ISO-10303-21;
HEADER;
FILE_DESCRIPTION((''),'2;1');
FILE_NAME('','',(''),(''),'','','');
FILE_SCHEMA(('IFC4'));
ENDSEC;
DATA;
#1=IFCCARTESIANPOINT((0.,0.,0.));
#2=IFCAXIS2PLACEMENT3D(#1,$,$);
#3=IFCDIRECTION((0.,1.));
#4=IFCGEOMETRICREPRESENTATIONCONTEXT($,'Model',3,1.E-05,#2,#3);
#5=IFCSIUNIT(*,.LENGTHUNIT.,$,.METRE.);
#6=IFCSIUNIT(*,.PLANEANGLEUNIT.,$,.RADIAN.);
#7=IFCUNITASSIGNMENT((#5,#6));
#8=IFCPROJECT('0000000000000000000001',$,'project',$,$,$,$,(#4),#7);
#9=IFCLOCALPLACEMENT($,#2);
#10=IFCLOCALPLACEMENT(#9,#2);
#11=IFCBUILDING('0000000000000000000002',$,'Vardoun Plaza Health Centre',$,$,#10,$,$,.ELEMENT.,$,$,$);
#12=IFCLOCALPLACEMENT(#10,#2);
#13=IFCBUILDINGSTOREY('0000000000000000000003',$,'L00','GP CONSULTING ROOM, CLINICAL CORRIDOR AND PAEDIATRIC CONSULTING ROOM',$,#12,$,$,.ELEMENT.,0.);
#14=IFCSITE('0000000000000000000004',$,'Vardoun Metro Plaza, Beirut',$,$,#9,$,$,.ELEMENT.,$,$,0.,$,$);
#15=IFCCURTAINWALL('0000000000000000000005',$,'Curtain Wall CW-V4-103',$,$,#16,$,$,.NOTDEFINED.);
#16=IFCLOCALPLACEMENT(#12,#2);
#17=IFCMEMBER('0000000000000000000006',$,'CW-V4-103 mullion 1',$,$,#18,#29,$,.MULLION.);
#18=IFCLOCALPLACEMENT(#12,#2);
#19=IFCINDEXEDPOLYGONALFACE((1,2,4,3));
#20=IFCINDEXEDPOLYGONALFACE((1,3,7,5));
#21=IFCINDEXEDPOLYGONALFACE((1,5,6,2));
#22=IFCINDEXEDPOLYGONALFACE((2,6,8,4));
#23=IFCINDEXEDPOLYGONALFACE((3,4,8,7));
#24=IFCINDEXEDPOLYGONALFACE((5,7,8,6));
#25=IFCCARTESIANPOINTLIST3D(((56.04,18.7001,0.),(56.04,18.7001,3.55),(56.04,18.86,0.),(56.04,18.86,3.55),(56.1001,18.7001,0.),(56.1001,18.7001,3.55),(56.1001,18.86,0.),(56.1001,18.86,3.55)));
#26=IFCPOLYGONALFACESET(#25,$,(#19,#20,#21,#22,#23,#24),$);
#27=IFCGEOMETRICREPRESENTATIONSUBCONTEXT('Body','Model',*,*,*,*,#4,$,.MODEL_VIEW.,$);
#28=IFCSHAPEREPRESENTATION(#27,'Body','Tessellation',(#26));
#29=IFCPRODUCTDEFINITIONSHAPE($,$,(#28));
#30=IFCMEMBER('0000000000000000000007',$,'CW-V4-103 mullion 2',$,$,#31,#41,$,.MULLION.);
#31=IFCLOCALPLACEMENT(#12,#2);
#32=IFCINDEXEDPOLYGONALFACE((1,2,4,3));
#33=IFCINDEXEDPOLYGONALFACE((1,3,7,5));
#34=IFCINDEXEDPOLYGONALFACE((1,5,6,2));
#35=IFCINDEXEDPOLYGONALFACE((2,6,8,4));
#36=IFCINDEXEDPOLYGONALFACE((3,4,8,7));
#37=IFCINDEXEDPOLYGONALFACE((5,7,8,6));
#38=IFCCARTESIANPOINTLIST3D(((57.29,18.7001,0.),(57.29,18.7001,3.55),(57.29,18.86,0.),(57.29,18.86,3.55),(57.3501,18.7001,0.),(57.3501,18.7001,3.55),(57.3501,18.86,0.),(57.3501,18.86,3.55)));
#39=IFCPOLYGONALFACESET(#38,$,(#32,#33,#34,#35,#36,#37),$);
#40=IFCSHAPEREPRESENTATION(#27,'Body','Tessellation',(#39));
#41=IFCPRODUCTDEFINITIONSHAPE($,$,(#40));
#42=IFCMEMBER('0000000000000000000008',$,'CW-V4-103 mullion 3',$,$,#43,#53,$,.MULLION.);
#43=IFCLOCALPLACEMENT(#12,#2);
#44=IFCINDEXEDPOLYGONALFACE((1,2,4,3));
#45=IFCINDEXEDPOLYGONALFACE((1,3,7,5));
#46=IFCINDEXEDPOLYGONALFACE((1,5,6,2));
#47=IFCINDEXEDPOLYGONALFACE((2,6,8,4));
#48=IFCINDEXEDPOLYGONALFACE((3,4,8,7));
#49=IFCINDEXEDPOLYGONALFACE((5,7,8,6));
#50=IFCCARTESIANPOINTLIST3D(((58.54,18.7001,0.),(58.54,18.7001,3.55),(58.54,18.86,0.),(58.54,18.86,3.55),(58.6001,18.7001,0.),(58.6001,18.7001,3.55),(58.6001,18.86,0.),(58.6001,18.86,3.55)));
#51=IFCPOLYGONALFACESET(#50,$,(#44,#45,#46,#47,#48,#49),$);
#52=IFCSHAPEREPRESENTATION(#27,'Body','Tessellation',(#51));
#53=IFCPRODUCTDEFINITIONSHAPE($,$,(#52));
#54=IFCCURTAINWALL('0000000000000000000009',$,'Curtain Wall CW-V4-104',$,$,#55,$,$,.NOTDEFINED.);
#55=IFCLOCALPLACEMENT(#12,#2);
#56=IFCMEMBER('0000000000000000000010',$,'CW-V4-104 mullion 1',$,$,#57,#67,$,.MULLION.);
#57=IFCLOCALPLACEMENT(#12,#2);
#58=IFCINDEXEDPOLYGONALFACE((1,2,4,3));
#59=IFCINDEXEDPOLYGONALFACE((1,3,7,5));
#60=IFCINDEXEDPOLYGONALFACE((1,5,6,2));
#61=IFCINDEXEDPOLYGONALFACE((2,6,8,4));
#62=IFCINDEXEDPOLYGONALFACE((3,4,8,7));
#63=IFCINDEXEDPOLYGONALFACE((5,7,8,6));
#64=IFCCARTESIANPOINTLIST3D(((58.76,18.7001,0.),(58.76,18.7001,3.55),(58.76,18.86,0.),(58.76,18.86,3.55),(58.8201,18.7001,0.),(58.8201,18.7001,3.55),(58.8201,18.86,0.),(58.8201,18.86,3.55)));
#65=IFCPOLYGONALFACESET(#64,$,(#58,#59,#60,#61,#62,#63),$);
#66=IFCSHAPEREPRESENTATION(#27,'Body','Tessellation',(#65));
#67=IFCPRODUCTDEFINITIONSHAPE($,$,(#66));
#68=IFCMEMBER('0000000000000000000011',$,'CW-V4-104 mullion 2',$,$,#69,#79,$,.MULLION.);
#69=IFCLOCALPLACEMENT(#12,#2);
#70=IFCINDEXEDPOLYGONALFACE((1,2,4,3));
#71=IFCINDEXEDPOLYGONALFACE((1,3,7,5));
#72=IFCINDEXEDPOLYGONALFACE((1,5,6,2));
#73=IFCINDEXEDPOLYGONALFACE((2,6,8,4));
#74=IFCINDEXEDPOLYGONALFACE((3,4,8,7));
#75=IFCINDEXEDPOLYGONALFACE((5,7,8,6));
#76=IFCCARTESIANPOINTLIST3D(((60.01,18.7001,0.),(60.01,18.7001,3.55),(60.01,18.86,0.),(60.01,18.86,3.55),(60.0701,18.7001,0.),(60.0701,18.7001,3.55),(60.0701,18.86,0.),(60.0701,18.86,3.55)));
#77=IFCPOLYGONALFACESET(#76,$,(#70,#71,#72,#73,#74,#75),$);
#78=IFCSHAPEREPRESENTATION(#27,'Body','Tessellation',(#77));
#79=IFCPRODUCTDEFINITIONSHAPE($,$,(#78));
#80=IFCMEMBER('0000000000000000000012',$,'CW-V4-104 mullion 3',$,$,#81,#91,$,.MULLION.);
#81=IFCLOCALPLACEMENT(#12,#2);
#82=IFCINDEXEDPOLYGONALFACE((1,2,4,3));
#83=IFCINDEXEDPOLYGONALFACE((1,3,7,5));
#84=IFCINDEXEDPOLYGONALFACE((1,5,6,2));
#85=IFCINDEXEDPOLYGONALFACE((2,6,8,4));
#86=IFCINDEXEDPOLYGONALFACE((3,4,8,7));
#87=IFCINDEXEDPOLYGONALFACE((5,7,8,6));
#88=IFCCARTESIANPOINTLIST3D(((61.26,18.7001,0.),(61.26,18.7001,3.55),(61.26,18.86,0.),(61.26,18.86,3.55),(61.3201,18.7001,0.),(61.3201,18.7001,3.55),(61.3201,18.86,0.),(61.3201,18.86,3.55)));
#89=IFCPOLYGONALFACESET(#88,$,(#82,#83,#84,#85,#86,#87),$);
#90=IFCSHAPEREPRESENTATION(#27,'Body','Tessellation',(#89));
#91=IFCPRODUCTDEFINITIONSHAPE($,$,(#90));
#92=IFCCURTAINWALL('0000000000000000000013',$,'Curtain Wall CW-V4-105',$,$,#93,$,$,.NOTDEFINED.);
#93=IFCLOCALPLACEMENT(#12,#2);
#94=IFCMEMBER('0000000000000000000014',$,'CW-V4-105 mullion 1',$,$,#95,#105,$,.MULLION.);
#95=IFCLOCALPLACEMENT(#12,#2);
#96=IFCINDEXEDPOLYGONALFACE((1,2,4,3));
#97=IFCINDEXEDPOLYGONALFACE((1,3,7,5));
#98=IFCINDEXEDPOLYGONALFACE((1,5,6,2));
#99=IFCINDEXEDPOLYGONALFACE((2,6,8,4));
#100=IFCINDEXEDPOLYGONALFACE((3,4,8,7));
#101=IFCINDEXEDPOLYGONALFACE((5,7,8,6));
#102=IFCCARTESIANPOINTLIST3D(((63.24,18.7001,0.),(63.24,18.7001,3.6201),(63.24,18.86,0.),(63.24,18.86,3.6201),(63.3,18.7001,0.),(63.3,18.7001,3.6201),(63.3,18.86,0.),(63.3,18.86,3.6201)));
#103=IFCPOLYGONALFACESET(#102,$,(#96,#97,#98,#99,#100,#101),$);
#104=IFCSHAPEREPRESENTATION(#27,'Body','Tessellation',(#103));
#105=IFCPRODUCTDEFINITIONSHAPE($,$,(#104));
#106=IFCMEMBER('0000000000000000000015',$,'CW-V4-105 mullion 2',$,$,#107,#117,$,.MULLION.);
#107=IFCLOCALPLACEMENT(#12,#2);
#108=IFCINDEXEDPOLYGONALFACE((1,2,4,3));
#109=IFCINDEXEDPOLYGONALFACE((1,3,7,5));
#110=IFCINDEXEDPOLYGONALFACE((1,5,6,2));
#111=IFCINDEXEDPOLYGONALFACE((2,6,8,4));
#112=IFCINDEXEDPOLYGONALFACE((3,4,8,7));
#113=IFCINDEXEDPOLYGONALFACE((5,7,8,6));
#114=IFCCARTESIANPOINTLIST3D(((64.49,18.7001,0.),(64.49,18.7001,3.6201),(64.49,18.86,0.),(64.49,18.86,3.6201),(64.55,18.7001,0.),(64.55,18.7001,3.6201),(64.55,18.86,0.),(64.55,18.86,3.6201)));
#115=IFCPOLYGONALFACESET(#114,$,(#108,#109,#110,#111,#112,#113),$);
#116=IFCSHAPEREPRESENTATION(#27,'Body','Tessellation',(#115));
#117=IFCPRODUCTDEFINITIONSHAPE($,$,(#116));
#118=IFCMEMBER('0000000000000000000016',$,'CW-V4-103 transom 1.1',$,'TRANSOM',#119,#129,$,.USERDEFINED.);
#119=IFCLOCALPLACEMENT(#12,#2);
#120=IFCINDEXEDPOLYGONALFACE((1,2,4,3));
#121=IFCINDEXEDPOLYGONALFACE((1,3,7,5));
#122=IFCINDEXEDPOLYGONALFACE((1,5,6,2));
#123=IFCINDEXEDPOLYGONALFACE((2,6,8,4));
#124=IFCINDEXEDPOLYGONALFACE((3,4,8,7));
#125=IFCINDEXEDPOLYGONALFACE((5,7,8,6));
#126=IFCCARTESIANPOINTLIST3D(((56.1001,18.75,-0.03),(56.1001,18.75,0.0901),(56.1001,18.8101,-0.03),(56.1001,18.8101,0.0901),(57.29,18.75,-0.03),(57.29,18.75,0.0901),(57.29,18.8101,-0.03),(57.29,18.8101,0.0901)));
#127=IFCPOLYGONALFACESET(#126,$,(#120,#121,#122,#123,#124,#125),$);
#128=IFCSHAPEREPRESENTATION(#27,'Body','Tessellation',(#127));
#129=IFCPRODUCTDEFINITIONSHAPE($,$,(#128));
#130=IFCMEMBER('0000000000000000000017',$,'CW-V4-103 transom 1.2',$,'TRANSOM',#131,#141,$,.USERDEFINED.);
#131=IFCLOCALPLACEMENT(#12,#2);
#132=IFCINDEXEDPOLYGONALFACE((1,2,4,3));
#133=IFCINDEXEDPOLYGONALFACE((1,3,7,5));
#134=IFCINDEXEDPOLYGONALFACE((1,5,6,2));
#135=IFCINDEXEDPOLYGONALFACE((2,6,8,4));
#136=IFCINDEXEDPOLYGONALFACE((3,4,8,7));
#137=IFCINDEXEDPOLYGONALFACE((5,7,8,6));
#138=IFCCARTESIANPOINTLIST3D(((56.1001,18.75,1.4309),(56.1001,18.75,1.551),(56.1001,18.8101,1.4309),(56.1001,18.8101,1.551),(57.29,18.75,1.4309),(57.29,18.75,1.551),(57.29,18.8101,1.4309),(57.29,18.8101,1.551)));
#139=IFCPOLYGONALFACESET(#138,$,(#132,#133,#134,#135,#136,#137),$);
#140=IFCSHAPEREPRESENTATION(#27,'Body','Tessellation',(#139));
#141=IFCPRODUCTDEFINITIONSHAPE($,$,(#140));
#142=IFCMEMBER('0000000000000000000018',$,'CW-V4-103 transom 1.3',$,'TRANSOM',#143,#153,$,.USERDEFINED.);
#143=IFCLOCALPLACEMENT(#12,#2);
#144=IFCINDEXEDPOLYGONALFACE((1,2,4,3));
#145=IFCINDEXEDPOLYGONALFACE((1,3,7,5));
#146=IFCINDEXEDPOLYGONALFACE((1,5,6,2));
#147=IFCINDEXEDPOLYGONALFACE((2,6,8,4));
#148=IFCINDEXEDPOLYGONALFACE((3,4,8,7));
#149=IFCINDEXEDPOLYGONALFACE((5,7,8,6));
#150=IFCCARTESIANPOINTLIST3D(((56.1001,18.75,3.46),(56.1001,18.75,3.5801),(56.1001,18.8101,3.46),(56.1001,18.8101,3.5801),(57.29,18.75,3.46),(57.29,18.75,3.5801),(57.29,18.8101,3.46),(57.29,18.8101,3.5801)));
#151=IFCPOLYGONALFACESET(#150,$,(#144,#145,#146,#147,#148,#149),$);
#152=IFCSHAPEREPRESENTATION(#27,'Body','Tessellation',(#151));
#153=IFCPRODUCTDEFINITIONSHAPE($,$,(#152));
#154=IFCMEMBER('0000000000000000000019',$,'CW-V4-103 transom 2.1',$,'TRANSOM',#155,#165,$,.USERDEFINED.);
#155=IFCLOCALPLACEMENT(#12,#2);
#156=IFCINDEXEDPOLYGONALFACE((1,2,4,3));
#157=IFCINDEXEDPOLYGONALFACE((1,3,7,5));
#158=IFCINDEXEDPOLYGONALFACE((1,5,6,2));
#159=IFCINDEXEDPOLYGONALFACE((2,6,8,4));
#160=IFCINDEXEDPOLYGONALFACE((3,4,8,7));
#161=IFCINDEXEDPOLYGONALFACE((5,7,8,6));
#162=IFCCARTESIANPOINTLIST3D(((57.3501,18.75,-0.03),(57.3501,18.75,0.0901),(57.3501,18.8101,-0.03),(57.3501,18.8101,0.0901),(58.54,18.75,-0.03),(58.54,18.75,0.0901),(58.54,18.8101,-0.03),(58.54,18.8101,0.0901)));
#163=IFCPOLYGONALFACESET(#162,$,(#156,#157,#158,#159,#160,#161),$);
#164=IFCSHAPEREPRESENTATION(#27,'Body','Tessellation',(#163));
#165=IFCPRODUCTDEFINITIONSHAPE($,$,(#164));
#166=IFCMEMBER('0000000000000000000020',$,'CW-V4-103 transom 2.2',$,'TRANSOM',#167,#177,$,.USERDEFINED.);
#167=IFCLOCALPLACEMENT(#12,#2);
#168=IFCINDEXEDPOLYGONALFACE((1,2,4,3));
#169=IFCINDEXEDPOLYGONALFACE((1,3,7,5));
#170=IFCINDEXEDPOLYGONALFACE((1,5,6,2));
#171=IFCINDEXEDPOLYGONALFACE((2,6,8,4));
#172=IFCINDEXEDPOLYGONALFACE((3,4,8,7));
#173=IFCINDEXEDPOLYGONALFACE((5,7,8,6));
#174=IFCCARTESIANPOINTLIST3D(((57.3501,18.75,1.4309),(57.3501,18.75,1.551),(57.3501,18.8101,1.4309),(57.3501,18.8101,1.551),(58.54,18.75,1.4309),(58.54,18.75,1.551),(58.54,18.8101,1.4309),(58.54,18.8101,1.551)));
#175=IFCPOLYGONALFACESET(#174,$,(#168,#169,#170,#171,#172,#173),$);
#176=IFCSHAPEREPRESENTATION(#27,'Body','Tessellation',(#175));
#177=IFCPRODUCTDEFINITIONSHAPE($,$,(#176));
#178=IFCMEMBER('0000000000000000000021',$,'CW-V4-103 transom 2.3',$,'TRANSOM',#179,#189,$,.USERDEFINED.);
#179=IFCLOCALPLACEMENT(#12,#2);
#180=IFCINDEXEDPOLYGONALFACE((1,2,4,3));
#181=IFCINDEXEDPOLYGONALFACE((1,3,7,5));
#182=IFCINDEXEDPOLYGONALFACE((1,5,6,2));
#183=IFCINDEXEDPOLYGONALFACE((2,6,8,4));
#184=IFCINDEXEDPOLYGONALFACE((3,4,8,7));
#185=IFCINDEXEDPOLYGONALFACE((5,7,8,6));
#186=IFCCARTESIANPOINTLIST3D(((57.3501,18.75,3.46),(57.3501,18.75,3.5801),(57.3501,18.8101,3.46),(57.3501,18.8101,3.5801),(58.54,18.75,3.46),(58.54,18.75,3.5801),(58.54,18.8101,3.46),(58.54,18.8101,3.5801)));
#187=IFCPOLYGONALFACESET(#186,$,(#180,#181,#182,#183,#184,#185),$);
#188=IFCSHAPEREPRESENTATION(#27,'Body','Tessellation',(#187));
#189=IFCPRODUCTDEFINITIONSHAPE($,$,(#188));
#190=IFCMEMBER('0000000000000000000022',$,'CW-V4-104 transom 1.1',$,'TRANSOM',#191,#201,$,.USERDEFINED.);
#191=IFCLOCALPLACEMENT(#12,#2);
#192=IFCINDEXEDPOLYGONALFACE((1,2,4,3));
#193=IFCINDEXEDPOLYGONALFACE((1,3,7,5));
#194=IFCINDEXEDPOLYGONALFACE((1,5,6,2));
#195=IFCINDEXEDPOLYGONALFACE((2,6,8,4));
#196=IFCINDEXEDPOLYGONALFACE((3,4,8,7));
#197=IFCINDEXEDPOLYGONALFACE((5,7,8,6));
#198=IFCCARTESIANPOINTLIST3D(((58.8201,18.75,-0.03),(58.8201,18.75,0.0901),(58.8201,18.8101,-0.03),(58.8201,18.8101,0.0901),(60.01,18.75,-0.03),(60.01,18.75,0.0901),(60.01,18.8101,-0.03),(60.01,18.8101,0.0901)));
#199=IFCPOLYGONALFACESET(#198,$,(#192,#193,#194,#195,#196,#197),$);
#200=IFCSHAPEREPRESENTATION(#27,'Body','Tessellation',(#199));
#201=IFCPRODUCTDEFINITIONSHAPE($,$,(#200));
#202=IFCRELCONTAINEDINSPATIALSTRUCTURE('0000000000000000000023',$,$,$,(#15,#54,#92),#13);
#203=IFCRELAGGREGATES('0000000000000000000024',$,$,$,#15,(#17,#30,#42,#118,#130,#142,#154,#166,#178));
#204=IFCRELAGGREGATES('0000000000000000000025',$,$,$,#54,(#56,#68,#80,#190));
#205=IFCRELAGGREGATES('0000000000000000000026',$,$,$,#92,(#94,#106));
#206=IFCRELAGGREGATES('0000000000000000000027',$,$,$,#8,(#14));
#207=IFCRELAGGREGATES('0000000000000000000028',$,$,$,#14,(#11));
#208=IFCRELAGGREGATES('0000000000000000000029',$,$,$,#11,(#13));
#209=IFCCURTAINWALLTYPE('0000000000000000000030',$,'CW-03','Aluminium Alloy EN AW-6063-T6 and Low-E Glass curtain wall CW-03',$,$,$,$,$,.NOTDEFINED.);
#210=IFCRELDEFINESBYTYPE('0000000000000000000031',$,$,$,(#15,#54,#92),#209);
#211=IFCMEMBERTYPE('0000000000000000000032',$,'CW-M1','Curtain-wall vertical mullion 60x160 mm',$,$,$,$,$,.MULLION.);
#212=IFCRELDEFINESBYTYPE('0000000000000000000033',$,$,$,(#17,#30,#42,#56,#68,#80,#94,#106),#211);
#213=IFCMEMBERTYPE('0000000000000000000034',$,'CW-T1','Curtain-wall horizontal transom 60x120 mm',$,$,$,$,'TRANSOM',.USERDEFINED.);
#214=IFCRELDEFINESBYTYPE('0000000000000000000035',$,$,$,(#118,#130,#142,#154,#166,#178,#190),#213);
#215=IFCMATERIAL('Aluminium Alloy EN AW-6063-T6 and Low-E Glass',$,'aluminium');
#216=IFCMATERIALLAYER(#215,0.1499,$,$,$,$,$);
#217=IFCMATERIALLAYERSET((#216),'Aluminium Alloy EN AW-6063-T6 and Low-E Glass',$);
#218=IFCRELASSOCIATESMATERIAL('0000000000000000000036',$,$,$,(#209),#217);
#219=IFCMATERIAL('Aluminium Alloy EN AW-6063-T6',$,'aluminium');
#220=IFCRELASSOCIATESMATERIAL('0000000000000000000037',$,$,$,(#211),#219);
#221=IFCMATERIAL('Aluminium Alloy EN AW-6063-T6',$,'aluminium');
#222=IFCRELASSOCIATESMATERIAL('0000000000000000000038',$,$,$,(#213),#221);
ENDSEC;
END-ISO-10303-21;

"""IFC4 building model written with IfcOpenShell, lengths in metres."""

from ifc_helpers import new_model, si_unit, direction, frame, origin, origin_2d, place, context, subcontext, project, spatial, rectangle, extrude, material, layer, layer_set, material_profile, profile_set, type_object, element, aggregate, save


model = new_model("IFC4")

# Units and contexts
model_context = context("Model", 3, precision=1e-05, world=origin(), true_north=direction((0.0, 1.0)))
body_context = subcontext(model_context, "Body", "Model", "MODEL_VIEW")
ifc_project = project(units=[si_unit("LENGTHUNIT", "METRE"), si_unit("PLANEANGLEUNIT", "RADIAN")], contexts=[model_context])

# Site, building, storey
site_placement = place(None, origin())
site = spatial("IfcSite", under=ifc_project, at=site_placement, Name="Vardoun Metro Plaza, Beirut", CompositionType="ELEMENT", RefElevation=0.0)
building_placement = place(site_placement, origin())
building = spatial("IfcBuilding", under=site, at=building_placement, Name="Vardoun Plaza Health Centre", CompositionType="ELEMENT")
storey_placement = place(building_placement, origin())
storey = spatial("IfcBuildingStorey", under=building, at=storey_placement, Name="L00", Description="GP CONSULTING ROOM, CLINICAL CORRIDOR AND PAEDIATRIC CONSULTING ROOM", CompositionType="ELEMENT", Elevation=0.0)

# Curtain walls, members
ifc_material_1 = material(Name="Aluminium Alloy EN AW-6063-T6 and Low-E Glass", Category="aluminium")
ifc_layer_1 = layer(ifc_material_1, 0.1499)
ifc_layer_set_1 = layer_set([ifc_layer_1], Name="Aluminium Alloy EN AW-6063-T6 and Low-E Glass")
curtain_wall_type = type_object("IfcCurtainWallType", Name="CW-03", Description="Aluminium Alloy EN AW-6063-T6 and Low-E Glass curtain wall CW-03", PredefinedType="NOTDEFINED", material=ifc_layer_set_1)
curtain_wall_1_placement = place(storey_placement, origin())
curtain_wall_1 = element("IfcCurtainWall", 1, at=curtain_wall_1_placement, inside=storey, type_object=curtain_wall_type, Name="Curtain Wall CW-V4-103", PredefinedType="NOTDEFINED")
ifc_material_2 = material(Name="Aluminium Alloy EN AW-6063-T6", Category="aluminium")
ifc_material_profile_1 = material_profile(ifc_material_2, rectangle(XDim=0.1599, YDim=0.0601, at=origin_2d()), Name="CWM 60x160")
ifc_profile_set_1 = profile_set([ifc_material_profile_1], Name="Aluminium Alloy EN AW-6063-T6")
member_type_1 = type_object("IfcMemberType", Name="CW-M1", Description="Curtain-wall vertical mullion 60x160 mm", PredefinedType="MULLION", material=ifc_profile_set_1)
member_1_placement = place(storey_placement, frame((56.0701, 18.78, 0.0), z_axis=(0.0, 0.0, 1.0), x_axis=(0.0, 1.0, 0.0)))
member_1 = element("IfcMember", 2, at=member_1_placement, type_object=member_type_1, Name="CW-V4-103 mullion 1", PredefinedType="MULLION", context=body_context, shape_type="SweptSolid", body=[
    extrude(rectangle(XDim=0.1599, YDim=0.0601, at=origin_2d()), origin(), (0.0, 0.0, 1.0), 3.55),
])
member_2_placement = place(storey_placement, frame((57.3201, 18.78, 0.0), z_axis=(0.0, 0.0, 1.0), x_axis=(0.0, 1.0, 0.0)))
member_2 = element("IfcMember", 3, at=member_2_placement, type_object=member_type_1, Name="CW-V4-103 mullion 2", PredefinedType="MULLION", context=body_context, shape_type="SweptSolid", body=[
    extrude(rectangle(XDim=0.1599, YDim=0.0601, at=origin_2d()), origin(), (0.0, 0.0, 1.0), 3.55),
])
member_3_placement = place(storey_placement, frame((58.5701, 18.78, 0.0), z_axis=(0.0, 0.0, 1.0), x_axis=(0.0, 1.0, 0.0)))
member_3 = element("IfcMember", 4, at=member_3_placement, type_object=member_type_1, Name="CW-V4-103 mullion 3", PredefinedType="MULLION", context=body_context, shape_type="SweptSolid", body=[
    extrude(rectangle(XDim=0.1599, YDim=0.0601, at=origin_2d()), origin(), (0.0, 0.0, 1.0), 3.55),
])
curtain_wall_2_placement = place(storey_placement, origin())
curtain_wall_2 = element("IfcCurtainWall", 5, at=curtain_wall_2_placement, inside=storey, type_object=curtain_wall_type, Name="Curtain Wall CW-V4-104", PredefinedType="NOTDEFINED")
member_4_placement = place(storey_placement, frame((58.79, 18.78, 0.0), z_axis=(0.0, 0.0, 1.0), x_axis=(0.0, 1.0, 0.0)))
member_4 = element("IfcMember", 6, at=member_4_placement, type_object=member_type_1, Name="CW-V4-104 mullion 1", PredefinedType="MULLION", context=body_context, shape_type="SweptSolid", body=[
    extrude(rectangle(XDim=0.1599, YDim=0.0601, at=origin_2d()), origin(), (0.0, 0.0, 1.0), 3.55),
])
member_5_placement = place(storey_placement, frame((60.04, 18.78, 0.0), z_axis=(0.0, 0.0, 1.0), x_axis=(0.0, 1.0, 0.0)))
member_5 = element("IfcMember", 7, at=member_5_placement, type_object=member_type_1, Name="CW-V4-104 mullion 2", PredefinedType="MULLION", context=body_context, shape_type="SweptSolid", body=[
    extrude(rectangle(XDim=0.1599, YDim=0.0601, at=origin_2d()), origin(), (0.0, 0.0, 1.0), 3.55),
])
member_6_placement = place(storey_placement, frame((61.29, 18.78, 0.0), z_axis=(0.0, 0.0, 1.0), x_axis=(0.0, 1.0, 0.0)))
member_6 = element("IfcMember", 8, at=member_6_placement, type_object=member_type_1, Name="CW-V4-104 mullion 3", PredefinedType="MULLION", context=body_context, shape_type="SweptSolid", body=[
    extrude(rectangle(XDim=0.1599, YDim=0.0601, at=origin_2d()), origin(), (0.0, 0.0, 1.0), 3.55),
])
curtain_wall_3_placement = place(storey_placement, origin())
curtain_wall_3 = element("IfcCurtainWall", 9, at=curtain_wall_3_placement, inside=storey, type_object=curtain_wall_type, Name="Curtain Wall CW-V4-105", PredefinedType="NOTDEFINED")
member_7_placement = place(storey_placement, frame((63.27, 18.78, 0.0), z_axis=(0.0, 0.0, 1.0), x_axis=(0.0, 1.0, 0.0)))
member_7 = element("IfcMember", 10, at=member_7_placement, type_object=member_type_1, Name="CW-V4-105 mullion 1", PredefinedType="MULLION", context=body_context, shape_type="SweptSolid", body=[
    extrude(rectangle(XDim=0.1599, YDim=0.0601, at=origin_2d()), origin(), (0.0, 0.0, 1.0), 3.6201),
])
member_8_placement = place(storey_placement, frame((64.52, 18.78, 0.0), z_axis=(0.0, 0.0, 1.0), x_axis=(0.0, 1.0, 0.0)))
member_8 = element("IfcMember", 11, at=member_8_placement, type_object=member_type_1, Name="CW-V4-105 mullion 2", PredefinedType="MULLION", context=body_context, shape_type="SweptSolid", body=[
    extrude(rectangle(XDim=0.1599, YDim=0.0601, at=origin_2d()), origin(), (0.0, 0.0, 1.0), 3.6201),
])

# Members
ifc_material_3 = material(Name="Aluminium Alloy EN AW-6063-T6", Category="aluminium")
ifc_material_profile_2 = material_profile(ifc_material_3, rectangle(XDim=0.0601, YDim=0.1201, at=origin_2d()), Name="CWT 60x120")
ifc_profile_set_2 = profile_set([ifc_material_profile_2], Name="Aluminium Alloy EN AW-6063-T6")
member_type_2 = type_object("IfcMemberType", Name="CW-T1", Description="Curtain-wall horizontal transom 60x120 mm", ElementType="TRANSOM", PredefinedType="USERDEFINED", material=ifc_profile_set_2)
member_9_placement = place(storey_placement, frame((56.1001, 18.78, 0.03), z_axis=(1.0, 0.0, 0.0), x_axis=(0.0, 1.0, 0.0)))
member_9 = element("IfcMember", 12, at=member_9_placement, type_object=member_type_2, Name="CW-V4-103 transom 1.1", ObjectType="TRANSOM", PredefinedType="USERDEFINED", context=body_context, shape_type="SweptSolid", body=[
    extrude(rectangle(XDim=0.0601, YDim=0.1201, at=origin_2d()), origin(), (0.0, 0.0, 1.0), 1.1899),
])
member_10_placement = place(storey_placement, frame((56.1001, 18.78, 1.491), z_axis=(1.0, 0.0, 0.0), x_axis=(0.0, 1.0, 0.0)))
member_10 = element("IfcMember", 13, at=member_10_placement, type_object=member_type_2, Name="CW-V4-103 transom 1.2", ObjectType="TRANSOM", PredefinedType="USERDEFINED", context=body_context, shape_type="SweptSolid", body=[
    extrude(rectangle(XDim=0.0601, YDim=0.1201, at=origin_2d()), origin(), (0.0, 0.0, 1.0), 1.1899),
])
member_11_placement = place(storey_placement, frame((56.1001, 18.78, 3.52), z_axis=(1.0, 0.0, 0.0), x_axis=(0.0, 1.0, 0.0)))
member_11 = element("IfcMember", 14, at=member_11_placement, type_object=member_type_2, Name="CW-V4-103 transom 1.3", ObjectType="TRANSOM", PredefinedType="USERDEFINED", context=body_context, shape_type="SweptSolid", body=[
    extrude(rectangle(XDim=0.0601, YDim=0.1201, at=origin_2d()), origin(), (0.0, 0.0, 1.0), 1.1899),
])
member_12_placement = place(storey_placement, frame((57.3501, 18.78, 0.03), z_axis=(1.0, 0.0, 0.0), x_axis=(0.0, 1.0, 0.0)))
member_12 = element("IfcMember", 15, at=member_12_placement, type_object=member_type_2, Name="CW-V4-103 transom 2.1", ObjectType="TRANSOM", PredefinedType="USERDEFINED", context=body_context, shape_type="SweptSolid", body=[
    extrude(rectangle(XDim=0.0601, YDim=0.1201, at=origin_2d()), origin(), (0.0, 0.0, 1.0), 1.1899),
])
member_13_placement = place(storey_placement, frame((57.3501, 18.78, 1.491), z_axis=(1.0, 0.0, 0.0), x_axis=(0.0, 1.0, 0.0)))
member_13 = element("IfcMember", 16, at=member_13_placement, type_object=member_type_2, Name="CW-V4-103 transom 2.2", ObjectType="TRANSOM", PredefinedType="USERDEFINED", context=body_context, shape_type="SweptSolid", body=[
    extrude(rectangle(XDim=0.0601, YDim=0.1201, at=origin_2d()), origin(), (0.0, 0.0, 1.0), 1.1899),
])
member_14_placement = place(storey_placement, frame((57.3501, 18.78, 3.52), z_axis=(1.0, 0.0, 0.0), x_axis=(0.0, 1.0, 0.0)))
member_14 = element("IfcMember", 17, at=member_14_placement, type_object=member_type_2, Name="CW-V4-103 transom 2.3", ObjectType="TRANSOM", PredefinedType="USERDEFINED", context=body_context, shape_type="SweptSolid", body=[
    extrude(rectangle(XDim=0.0601, YDim=0.1201, at=origin_2d()), origin(), (0.0, 0.0, 1.0), 1.1899),
])
member_15_placement = place(storey_placement, frame((58.8201, 18.78, 0.03), z_axis=(1.0, 0.0, 0.0), x_axis=(0.0, 1.0, 0.0)))
member_15 = element("IfcMember", 18, at=member_15_placement, type_object=member_type_2, Name="CW-V4-104 transom 1.1", ObjectType="TRANSOM", PredefinedType="USERDEFINED", context=body_context, shape_type="SweptSolid", body=[
    extrude(rectangle(XDim=0.0601, YDim=0.1201, at=origin_2d()), origin(), (0.0, 0.0, 1.0), 1.1899),
])

aggregate(curtain_wall_1, [member_1, member_2, member_3, member_9, member_10, member_11, member_12, member_13, member_14])
aggregate(curtain_wall_2, [member_4, member_5, member_6, member_15])
aggregate(curtain_wall_3, [member_7, member_8])

save(model, "model.ifc")
